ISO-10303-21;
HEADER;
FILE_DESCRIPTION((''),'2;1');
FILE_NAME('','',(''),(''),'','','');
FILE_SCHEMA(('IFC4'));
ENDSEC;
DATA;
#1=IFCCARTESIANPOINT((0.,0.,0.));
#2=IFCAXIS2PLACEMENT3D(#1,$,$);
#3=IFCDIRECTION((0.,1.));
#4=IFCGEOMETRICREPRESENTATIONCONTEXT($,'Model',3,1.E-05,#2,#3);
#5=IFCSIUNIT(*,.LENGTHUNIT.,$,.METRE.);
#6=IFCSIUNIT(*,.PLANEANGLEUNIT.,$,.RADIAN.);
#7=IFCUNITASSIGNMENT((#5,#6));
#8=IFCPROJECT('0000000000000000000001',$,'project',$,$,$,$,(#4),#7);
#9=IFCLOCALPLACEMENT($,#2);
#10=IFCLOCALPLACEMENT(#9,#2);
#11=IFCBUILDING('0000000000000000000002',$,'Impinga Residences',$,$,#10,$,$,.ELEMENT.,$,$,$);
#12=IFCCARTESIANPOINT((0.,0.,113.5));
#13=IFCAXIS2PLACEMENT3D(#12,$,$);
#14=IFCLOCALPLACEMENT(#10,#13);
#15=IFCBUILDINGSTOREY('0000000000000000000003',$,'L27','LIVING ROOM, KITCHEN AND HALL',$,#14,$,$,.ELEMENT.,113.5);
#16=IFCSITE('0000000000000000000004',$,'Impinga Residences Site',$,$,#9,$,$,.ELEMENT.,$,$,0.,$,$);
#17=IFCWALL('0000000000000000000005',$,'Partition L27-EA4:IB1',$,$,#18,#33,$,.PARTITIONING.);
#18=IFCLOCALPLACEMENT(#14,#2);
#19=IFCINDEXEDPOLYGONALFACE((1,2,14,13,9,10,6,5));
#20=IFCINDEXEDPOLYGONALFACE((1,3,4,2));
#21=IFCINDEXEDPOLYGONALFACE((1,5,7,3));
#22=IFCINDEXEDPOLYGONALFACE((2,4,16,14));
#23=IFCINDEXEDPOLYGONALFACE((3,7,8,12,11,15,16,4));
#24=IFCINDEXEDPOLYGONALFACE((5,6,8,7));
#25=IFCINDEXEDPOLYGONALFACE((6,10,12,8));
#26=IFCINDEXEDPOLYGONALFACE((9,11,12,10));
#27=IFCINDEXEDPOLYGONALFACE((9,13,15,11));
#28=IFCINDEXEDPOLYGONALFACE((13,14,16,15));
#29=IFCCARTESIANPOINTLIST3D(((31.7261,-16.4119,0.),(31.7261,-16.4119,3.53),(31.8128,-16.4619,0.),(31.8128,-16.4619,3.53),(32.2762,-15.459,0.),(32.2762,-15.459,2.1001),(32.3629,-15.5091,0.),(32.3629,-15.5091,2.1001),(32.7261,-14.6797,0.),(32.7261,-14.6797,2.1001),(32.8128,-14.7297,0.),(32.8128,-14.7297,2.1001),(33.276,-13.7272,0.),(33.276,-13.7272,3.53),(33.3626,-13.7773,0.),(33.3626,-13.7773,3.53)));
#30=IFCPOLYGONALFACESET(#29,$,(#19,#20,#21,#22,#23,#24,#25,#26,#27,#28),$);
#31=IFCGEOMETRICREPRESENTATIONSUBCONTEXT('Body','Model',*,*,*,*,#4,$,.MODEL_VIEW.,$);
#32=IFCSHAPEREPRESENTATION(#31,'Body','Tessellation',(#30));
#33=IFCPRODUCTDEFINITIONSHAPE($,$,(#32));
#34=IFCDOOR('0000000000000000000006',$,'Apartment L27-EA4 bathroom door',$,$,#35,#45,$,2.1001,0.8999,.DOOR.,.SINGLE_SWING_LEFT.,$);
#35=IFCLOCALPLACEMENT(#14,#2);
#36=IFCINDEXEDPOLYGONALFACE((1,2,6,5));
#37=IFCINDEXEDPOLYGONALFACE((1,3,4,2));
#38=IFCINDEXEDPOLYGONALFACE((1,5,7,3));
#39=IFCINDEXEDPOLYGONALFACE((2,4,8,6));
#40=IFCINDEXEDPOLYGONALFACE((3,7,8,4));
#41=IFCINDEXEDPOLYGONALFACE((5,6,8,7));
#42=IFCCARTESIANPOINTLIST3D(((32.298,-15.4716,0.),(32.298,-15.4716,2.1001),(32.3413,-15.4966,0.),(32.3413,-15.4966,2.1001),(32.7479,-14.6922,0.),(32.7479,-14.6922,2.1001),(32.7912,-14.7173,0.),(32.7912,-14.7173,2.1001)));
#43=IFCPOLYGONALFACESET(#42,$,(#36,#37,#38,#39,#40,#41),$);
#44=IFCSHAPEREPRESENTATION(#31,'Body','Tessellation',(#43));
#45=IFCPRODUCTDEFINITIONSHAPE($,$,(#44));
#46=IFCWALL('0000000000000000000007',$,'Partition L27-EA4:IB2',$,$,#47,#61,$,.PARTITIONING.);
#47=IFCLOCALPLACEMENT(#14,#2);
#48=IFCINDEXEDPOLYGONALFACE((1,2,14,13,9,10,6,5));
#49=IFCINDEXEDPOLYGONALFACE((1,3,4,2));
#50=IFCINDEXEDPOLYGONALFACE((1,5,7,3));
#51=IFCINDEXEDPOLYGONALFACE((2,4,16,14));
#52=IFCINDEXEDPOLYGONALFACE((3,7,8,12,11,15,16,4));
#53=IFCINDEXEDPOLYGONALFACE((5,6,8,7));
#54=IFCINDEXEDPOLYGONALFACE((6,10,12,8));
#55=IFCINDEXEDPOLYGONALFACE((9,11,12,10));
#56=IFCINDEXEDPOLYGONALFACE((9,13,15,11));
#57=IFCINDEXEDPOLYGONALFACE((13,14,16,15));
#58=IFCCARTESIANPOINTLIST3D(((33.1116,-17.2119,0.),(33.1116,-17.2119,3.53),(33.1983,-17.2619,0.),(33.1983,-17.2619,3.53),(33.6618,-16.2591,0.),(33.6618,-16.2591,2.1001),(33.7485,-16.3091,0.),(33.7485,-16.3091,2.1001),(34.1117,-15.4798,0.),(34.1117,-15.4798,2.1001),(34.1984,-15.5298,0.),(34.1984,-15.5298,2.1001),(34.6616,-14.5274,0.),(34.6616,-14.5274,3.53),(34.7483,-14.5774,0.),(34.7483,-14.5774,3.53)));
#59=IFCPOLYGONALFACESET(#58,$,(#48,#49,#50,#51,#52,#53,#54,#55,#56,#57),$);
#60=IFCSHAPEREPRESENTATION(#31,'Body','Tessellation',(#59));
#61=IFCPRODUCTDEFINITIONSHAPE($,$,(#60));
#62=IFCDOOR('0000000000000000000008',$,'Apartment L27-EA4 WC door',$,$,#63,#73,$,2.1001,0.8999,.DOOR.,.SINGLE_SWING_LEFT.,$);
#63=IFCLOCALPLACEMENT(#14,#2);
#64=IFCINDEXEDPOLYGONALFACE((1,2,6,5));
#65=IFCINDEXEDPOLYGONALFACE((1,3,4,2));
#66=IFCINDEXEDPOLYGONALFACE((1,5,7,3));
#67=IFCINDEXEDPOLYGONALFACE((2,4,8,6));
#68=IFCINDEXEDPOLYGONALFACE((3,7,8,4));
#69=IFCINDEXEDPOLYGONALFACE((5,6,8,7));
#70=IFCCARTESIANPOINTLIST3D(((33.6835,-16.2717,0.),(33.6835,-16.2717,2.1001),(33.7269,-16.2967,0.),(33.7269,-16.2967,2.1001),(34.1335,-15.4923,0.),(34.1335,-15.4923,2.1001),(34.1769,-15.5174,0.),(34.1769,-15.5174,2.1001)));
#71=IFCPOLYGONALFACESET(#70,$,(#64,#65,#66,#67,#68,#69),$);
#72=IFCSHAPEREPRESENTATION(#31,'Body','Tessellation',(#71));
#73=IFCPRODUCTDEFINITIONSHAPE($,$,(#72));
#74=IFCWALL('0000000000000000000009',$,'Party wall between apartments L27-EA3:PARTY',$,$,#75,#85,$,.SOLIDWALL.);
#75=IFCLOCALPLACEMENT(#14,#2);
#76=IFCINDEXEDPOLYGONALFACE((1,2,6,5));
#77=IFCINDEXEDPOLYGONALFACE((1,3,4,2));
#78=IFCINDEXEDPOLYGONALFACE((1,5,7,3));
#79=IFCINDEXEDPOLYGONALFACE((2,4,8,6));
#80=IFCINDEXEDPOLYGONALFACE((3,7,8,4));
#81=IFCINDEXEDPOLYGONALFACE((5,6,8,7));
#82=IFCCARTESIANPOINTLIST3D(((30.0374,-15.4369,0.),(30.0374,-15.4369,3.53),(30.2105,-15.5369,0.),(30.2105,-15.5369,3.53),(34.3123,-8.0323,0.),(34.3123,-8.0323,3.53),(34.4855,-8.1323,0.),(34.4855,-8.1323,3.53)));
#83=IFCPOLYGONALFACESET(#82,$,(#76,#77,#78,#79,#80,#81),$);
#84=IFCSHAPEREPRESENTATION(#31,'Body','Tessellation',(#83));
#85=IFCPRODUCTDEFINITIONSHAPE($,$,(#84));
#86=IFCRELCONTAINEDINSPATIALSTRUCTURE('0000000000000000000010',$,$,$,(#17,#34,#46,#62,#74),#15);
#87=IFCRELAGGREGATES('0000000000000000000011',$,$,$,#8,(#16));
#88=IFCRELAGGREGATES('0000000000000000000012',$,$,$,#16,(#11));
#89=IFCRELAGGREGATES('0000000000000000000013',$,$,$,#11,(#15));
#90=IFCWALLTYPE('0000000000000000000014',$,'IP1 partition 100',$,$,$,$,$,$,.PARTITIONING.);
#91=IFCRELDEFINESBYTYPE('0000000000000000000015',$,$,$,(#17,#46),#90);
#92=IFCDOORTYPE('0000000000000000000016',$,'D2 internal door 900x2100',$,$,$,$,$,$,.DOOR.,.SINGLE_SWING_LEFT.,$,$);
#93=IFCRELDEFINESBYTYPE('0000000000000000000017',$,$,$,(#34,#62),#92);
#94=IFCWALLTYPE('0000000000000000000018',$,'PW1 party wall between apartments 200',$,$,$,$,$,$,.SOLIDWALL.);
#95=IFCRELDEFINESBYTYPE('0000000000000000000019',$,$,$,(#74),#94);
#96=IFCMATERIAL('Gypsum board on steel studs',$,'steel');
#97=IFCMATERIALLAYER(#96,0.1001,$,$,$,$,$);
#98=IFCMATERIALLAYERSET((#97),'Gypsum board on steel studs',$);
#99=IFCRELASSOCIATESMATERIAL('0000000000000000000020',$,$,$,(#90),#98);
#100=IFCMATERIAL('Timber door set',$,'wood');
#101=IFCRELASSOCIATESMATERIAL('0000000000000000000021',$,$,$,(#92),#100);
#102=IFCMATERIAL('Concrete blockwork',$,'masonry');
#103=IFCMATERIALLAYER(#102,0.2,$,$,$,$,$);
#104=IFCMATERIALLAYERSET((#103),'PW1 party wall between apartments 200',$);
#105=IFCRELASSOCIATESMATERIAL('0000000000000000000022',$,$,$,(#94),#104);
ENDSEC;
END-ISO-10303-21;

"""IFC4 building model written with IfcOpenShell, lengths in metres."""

from ifc_helpers import new_model, si_unit, direction, frame, frame_2d, origin, place, context, subcontext, project, spatial, rectangle, extrude, material, layer, layer_set, type_object, element, fill, save


model = new_model("IFC4")

# Units and contexts
model_context = context("Model", 3, precision=1e-05, world=origin(), true_north=direction((0.0, 1.0)))
body_context = subcontext(model_context, "Body", "Model", "MODEL_VIEW")
ifc_project = project(units=[si_unit("LENGTHUNIT", "METRE"), si_unit("PLANEANGLEUNIT", "RADIAN")], contexts=[model_context])

# Site, building, storey
site_placement = place(None, origin())
site = spatial("IfcSite", under=ifc_project, at=site_placement, Name="Impinga Residences Site", CompositionType="ELEMENT", RefElevation=0.0)
building_placement = place(site_placement, origin())
building = spatial("IfcBuilding", under=site, at=building_placement, Name="Impinga Residences", CompositionType="ELEMENT")
storey_placement = place(building_placement, frame((0.0, 0.0, 113.5)))
storey = spatial("IfcBuildingStorey", under=building, at=storey_placement, Name="L27", Description="LIVING ROOM, KITCHEN AND HALL", CompositionType="ELEMENT", Elevation=113.5)

# Shared definitions
ifc_material_1 = material(Name="Concrete blockwork", Category="masonry")
ifc_material_2 = material(Name="Timber door set", Category="wood")

# Shared definitions
ifc_material_3 = material(Name="Gypsum board on steel studs", Category="steel")
ifc_layer_1 = layer(ifc_material_3, 0.1001)
ifc_layer_set_1 = layer_set([ifc_layer_1], Name="Gypsum board on steel studs")
wall_type_1 = type_object("IfcWallType", Name="IP1 partition 100", PredefinedType="PARTITIONING", material=ifc_layer_set_1)

# Shared definitions
door_type_1 = type_object("IfcDoorType", Name="D2 internal door 900x2100", OperationType="SINGLE_SWING_LEFT", PredefinedType="DOOR", material=ifc_material_2)

# Walls, openings, doors
wall_1_placement = place(storey_placement, frame((31.7695, -16.4368, 0.0), z_axis=(0.0, 0.0, 1.0), x_axis=(0.499968, 0.866044, 0.0)))
wall_1 = element("IfcWall", 1, at=wall_1_placement, inside=storey, type_object=wall_type_1, Name="Partition L27-EA4:IB1", PredefinedType="PARTITIONING", context=body_context, shape_type="SweptSolid", body=[
    extrude(rectangle(XDim=3.0999, YDim=0.1001, at=frame_2d((1.5498, 0.0))), origin(), (0.0, 0.0, 1.0), 3.53),
])
opening_1_placement = place(wall_1_placement, frame((1.1001, 0.0, 0.0)))
opening_1 = element("IfcOpeningElement", 2, at=opening_1_placement, cuts=wall_1, PredefinedType="OPENING", context=body_context, shape_type="SweptSolid", body=[
    extrude(rectangle(XDim=0.8999, YDim=2.1001, at=frame_2d((0.45, 1.05))), frame((0.0, 0.0601, 0.0), z_axis=(0.0, -1.0, 0.0), x_axis=(1.0, 0.0, 0.0)), (0.0, 0.0, 1.0), 0.1201),
])
door_1_placement = place(opening_1_placement, origin())
door_1 = element("IfcDoor", 3, at=door_1_placement, inside=storey, type_object=door_type_1, Name="Apartment L27-EA4 bathroom door", OperationType="SINGLE_SWING_LEFT", OverallHeight=2.1001, OverallWidth=0.8999, PredefinedType="DOOR", context=body_context, shape_type="SweptSolid", body=[
    extrude(rectangle(XDim=0.8999, YDim=2.1001, at=frame_2d((0.45, 1.05))), frame((0.0, 0.0249, 0.0), z_axis=(0.0, -1.0, 0.0), x_axis=(1.0, 0.0, 0.0)), (0.0, 0.0, 1.0), 0.05),
])
fill(opening_1, door_1)
wall_2_placement = place(storey_placement, frame((33.155, -17.2368, 0.0), z_axis=(0.0, 0.0, 1.0), x_axis=(0.500027, 0.86601, 0.0)))
wall_2 = element("IfcWall", 4, at=wall_2_placement, inside=storey, type_object=wall_type_1, Name="Partition L27-EA4:IB2", PredefinedType="PARTITIONING", context=body_context, shape_type="SweptSolid", body=[
    extrude(rectangle(XDim=3.0999, YDim=0.1001, at=frame_2d((1.5498, 0.0))), origin(), (0.0, 0.0, 1.0), 3.53),
])
opening_2_placement = place(wall_2_placement, frame((1.1001, 0.0, 0.0)))
opening_2 = element("IfcOpeningElement", 5, at=opening_2_placement, cuts=wall_2, PredefinedType="OPENING", context=body_context, shape_type="SweptSolid", body=[
    extrude(rectangle(XDim=0.8999, YDim=2.1001, at=frame_2d((0.45, 1.05))), frame((0.0, 0.0601, 0.0), z_axis=(0.0, -1.0, 0.0), x_axis=(1.0, 0.0, 0.0)), (0.0, 0.0, 1.0), 0.1201),
])
door_2_placement = place(opening_2_placement, origin())
door_2 = element("IfcDoor", 6, at=door_2_placement, inside=storey, type_object=door_type_1, Name="Apartment L27-EA4 WC door", OperationType="SINGLE_SWING_LEFT", OverallHeight=2.1001, OverallWidth=0.8999, PredefinedType="DOOR", context=body_context, shape_type="SweptSolid", body=[
    extrude(rectangle(XDim=0.8999, YDim=2.1001, at=frame_2d((0.45, 1.05))), frame((0.0, 0.0249, 0.0), z_axis=(0.0, -1.0, 0.0), x_axis=(1.0, 0.0, 0.0)), (0.0, 0.0, 1.0), 0.05),
])
fill(opening_2, door_2)

# Wall
ifc_layer_2 = layer(ifc_material_1, 0.2)
ifc_layer_set_2 = layer_set([ifc_layer_2], Name="PW1 party wall between apartments 200")
wall_type_2 = type_object("IfcWallType", Name="PW1 party wall between apartments 200", PredefinedType="SOLIDWALL", material=ifc_layer_set_2)
wall_3_placement = place(storey_placement, frame((30.124, -15.4868, 0.0), z_axis=(0.0, 0.0, 1.0), x_axis=(0.49999, 0.866031, 0.0)))
element("IfcWall", 7, at=wall_3_placement, inside=storey, type_object=wall_type_2, Name="Party wall between apartments L27-EA3:PARTY", PredefinedType="SOLIDWALL", context=body_context, shape_type="SweptSolid", body=[
    extrude(rectangle(XDim=8.55, YDim=0.2, at=frame_2d((4.2749, 0.0))), origin(), (0.0, 0.0, 1.0), 3.53),
])

save(model, "model.ifc")
